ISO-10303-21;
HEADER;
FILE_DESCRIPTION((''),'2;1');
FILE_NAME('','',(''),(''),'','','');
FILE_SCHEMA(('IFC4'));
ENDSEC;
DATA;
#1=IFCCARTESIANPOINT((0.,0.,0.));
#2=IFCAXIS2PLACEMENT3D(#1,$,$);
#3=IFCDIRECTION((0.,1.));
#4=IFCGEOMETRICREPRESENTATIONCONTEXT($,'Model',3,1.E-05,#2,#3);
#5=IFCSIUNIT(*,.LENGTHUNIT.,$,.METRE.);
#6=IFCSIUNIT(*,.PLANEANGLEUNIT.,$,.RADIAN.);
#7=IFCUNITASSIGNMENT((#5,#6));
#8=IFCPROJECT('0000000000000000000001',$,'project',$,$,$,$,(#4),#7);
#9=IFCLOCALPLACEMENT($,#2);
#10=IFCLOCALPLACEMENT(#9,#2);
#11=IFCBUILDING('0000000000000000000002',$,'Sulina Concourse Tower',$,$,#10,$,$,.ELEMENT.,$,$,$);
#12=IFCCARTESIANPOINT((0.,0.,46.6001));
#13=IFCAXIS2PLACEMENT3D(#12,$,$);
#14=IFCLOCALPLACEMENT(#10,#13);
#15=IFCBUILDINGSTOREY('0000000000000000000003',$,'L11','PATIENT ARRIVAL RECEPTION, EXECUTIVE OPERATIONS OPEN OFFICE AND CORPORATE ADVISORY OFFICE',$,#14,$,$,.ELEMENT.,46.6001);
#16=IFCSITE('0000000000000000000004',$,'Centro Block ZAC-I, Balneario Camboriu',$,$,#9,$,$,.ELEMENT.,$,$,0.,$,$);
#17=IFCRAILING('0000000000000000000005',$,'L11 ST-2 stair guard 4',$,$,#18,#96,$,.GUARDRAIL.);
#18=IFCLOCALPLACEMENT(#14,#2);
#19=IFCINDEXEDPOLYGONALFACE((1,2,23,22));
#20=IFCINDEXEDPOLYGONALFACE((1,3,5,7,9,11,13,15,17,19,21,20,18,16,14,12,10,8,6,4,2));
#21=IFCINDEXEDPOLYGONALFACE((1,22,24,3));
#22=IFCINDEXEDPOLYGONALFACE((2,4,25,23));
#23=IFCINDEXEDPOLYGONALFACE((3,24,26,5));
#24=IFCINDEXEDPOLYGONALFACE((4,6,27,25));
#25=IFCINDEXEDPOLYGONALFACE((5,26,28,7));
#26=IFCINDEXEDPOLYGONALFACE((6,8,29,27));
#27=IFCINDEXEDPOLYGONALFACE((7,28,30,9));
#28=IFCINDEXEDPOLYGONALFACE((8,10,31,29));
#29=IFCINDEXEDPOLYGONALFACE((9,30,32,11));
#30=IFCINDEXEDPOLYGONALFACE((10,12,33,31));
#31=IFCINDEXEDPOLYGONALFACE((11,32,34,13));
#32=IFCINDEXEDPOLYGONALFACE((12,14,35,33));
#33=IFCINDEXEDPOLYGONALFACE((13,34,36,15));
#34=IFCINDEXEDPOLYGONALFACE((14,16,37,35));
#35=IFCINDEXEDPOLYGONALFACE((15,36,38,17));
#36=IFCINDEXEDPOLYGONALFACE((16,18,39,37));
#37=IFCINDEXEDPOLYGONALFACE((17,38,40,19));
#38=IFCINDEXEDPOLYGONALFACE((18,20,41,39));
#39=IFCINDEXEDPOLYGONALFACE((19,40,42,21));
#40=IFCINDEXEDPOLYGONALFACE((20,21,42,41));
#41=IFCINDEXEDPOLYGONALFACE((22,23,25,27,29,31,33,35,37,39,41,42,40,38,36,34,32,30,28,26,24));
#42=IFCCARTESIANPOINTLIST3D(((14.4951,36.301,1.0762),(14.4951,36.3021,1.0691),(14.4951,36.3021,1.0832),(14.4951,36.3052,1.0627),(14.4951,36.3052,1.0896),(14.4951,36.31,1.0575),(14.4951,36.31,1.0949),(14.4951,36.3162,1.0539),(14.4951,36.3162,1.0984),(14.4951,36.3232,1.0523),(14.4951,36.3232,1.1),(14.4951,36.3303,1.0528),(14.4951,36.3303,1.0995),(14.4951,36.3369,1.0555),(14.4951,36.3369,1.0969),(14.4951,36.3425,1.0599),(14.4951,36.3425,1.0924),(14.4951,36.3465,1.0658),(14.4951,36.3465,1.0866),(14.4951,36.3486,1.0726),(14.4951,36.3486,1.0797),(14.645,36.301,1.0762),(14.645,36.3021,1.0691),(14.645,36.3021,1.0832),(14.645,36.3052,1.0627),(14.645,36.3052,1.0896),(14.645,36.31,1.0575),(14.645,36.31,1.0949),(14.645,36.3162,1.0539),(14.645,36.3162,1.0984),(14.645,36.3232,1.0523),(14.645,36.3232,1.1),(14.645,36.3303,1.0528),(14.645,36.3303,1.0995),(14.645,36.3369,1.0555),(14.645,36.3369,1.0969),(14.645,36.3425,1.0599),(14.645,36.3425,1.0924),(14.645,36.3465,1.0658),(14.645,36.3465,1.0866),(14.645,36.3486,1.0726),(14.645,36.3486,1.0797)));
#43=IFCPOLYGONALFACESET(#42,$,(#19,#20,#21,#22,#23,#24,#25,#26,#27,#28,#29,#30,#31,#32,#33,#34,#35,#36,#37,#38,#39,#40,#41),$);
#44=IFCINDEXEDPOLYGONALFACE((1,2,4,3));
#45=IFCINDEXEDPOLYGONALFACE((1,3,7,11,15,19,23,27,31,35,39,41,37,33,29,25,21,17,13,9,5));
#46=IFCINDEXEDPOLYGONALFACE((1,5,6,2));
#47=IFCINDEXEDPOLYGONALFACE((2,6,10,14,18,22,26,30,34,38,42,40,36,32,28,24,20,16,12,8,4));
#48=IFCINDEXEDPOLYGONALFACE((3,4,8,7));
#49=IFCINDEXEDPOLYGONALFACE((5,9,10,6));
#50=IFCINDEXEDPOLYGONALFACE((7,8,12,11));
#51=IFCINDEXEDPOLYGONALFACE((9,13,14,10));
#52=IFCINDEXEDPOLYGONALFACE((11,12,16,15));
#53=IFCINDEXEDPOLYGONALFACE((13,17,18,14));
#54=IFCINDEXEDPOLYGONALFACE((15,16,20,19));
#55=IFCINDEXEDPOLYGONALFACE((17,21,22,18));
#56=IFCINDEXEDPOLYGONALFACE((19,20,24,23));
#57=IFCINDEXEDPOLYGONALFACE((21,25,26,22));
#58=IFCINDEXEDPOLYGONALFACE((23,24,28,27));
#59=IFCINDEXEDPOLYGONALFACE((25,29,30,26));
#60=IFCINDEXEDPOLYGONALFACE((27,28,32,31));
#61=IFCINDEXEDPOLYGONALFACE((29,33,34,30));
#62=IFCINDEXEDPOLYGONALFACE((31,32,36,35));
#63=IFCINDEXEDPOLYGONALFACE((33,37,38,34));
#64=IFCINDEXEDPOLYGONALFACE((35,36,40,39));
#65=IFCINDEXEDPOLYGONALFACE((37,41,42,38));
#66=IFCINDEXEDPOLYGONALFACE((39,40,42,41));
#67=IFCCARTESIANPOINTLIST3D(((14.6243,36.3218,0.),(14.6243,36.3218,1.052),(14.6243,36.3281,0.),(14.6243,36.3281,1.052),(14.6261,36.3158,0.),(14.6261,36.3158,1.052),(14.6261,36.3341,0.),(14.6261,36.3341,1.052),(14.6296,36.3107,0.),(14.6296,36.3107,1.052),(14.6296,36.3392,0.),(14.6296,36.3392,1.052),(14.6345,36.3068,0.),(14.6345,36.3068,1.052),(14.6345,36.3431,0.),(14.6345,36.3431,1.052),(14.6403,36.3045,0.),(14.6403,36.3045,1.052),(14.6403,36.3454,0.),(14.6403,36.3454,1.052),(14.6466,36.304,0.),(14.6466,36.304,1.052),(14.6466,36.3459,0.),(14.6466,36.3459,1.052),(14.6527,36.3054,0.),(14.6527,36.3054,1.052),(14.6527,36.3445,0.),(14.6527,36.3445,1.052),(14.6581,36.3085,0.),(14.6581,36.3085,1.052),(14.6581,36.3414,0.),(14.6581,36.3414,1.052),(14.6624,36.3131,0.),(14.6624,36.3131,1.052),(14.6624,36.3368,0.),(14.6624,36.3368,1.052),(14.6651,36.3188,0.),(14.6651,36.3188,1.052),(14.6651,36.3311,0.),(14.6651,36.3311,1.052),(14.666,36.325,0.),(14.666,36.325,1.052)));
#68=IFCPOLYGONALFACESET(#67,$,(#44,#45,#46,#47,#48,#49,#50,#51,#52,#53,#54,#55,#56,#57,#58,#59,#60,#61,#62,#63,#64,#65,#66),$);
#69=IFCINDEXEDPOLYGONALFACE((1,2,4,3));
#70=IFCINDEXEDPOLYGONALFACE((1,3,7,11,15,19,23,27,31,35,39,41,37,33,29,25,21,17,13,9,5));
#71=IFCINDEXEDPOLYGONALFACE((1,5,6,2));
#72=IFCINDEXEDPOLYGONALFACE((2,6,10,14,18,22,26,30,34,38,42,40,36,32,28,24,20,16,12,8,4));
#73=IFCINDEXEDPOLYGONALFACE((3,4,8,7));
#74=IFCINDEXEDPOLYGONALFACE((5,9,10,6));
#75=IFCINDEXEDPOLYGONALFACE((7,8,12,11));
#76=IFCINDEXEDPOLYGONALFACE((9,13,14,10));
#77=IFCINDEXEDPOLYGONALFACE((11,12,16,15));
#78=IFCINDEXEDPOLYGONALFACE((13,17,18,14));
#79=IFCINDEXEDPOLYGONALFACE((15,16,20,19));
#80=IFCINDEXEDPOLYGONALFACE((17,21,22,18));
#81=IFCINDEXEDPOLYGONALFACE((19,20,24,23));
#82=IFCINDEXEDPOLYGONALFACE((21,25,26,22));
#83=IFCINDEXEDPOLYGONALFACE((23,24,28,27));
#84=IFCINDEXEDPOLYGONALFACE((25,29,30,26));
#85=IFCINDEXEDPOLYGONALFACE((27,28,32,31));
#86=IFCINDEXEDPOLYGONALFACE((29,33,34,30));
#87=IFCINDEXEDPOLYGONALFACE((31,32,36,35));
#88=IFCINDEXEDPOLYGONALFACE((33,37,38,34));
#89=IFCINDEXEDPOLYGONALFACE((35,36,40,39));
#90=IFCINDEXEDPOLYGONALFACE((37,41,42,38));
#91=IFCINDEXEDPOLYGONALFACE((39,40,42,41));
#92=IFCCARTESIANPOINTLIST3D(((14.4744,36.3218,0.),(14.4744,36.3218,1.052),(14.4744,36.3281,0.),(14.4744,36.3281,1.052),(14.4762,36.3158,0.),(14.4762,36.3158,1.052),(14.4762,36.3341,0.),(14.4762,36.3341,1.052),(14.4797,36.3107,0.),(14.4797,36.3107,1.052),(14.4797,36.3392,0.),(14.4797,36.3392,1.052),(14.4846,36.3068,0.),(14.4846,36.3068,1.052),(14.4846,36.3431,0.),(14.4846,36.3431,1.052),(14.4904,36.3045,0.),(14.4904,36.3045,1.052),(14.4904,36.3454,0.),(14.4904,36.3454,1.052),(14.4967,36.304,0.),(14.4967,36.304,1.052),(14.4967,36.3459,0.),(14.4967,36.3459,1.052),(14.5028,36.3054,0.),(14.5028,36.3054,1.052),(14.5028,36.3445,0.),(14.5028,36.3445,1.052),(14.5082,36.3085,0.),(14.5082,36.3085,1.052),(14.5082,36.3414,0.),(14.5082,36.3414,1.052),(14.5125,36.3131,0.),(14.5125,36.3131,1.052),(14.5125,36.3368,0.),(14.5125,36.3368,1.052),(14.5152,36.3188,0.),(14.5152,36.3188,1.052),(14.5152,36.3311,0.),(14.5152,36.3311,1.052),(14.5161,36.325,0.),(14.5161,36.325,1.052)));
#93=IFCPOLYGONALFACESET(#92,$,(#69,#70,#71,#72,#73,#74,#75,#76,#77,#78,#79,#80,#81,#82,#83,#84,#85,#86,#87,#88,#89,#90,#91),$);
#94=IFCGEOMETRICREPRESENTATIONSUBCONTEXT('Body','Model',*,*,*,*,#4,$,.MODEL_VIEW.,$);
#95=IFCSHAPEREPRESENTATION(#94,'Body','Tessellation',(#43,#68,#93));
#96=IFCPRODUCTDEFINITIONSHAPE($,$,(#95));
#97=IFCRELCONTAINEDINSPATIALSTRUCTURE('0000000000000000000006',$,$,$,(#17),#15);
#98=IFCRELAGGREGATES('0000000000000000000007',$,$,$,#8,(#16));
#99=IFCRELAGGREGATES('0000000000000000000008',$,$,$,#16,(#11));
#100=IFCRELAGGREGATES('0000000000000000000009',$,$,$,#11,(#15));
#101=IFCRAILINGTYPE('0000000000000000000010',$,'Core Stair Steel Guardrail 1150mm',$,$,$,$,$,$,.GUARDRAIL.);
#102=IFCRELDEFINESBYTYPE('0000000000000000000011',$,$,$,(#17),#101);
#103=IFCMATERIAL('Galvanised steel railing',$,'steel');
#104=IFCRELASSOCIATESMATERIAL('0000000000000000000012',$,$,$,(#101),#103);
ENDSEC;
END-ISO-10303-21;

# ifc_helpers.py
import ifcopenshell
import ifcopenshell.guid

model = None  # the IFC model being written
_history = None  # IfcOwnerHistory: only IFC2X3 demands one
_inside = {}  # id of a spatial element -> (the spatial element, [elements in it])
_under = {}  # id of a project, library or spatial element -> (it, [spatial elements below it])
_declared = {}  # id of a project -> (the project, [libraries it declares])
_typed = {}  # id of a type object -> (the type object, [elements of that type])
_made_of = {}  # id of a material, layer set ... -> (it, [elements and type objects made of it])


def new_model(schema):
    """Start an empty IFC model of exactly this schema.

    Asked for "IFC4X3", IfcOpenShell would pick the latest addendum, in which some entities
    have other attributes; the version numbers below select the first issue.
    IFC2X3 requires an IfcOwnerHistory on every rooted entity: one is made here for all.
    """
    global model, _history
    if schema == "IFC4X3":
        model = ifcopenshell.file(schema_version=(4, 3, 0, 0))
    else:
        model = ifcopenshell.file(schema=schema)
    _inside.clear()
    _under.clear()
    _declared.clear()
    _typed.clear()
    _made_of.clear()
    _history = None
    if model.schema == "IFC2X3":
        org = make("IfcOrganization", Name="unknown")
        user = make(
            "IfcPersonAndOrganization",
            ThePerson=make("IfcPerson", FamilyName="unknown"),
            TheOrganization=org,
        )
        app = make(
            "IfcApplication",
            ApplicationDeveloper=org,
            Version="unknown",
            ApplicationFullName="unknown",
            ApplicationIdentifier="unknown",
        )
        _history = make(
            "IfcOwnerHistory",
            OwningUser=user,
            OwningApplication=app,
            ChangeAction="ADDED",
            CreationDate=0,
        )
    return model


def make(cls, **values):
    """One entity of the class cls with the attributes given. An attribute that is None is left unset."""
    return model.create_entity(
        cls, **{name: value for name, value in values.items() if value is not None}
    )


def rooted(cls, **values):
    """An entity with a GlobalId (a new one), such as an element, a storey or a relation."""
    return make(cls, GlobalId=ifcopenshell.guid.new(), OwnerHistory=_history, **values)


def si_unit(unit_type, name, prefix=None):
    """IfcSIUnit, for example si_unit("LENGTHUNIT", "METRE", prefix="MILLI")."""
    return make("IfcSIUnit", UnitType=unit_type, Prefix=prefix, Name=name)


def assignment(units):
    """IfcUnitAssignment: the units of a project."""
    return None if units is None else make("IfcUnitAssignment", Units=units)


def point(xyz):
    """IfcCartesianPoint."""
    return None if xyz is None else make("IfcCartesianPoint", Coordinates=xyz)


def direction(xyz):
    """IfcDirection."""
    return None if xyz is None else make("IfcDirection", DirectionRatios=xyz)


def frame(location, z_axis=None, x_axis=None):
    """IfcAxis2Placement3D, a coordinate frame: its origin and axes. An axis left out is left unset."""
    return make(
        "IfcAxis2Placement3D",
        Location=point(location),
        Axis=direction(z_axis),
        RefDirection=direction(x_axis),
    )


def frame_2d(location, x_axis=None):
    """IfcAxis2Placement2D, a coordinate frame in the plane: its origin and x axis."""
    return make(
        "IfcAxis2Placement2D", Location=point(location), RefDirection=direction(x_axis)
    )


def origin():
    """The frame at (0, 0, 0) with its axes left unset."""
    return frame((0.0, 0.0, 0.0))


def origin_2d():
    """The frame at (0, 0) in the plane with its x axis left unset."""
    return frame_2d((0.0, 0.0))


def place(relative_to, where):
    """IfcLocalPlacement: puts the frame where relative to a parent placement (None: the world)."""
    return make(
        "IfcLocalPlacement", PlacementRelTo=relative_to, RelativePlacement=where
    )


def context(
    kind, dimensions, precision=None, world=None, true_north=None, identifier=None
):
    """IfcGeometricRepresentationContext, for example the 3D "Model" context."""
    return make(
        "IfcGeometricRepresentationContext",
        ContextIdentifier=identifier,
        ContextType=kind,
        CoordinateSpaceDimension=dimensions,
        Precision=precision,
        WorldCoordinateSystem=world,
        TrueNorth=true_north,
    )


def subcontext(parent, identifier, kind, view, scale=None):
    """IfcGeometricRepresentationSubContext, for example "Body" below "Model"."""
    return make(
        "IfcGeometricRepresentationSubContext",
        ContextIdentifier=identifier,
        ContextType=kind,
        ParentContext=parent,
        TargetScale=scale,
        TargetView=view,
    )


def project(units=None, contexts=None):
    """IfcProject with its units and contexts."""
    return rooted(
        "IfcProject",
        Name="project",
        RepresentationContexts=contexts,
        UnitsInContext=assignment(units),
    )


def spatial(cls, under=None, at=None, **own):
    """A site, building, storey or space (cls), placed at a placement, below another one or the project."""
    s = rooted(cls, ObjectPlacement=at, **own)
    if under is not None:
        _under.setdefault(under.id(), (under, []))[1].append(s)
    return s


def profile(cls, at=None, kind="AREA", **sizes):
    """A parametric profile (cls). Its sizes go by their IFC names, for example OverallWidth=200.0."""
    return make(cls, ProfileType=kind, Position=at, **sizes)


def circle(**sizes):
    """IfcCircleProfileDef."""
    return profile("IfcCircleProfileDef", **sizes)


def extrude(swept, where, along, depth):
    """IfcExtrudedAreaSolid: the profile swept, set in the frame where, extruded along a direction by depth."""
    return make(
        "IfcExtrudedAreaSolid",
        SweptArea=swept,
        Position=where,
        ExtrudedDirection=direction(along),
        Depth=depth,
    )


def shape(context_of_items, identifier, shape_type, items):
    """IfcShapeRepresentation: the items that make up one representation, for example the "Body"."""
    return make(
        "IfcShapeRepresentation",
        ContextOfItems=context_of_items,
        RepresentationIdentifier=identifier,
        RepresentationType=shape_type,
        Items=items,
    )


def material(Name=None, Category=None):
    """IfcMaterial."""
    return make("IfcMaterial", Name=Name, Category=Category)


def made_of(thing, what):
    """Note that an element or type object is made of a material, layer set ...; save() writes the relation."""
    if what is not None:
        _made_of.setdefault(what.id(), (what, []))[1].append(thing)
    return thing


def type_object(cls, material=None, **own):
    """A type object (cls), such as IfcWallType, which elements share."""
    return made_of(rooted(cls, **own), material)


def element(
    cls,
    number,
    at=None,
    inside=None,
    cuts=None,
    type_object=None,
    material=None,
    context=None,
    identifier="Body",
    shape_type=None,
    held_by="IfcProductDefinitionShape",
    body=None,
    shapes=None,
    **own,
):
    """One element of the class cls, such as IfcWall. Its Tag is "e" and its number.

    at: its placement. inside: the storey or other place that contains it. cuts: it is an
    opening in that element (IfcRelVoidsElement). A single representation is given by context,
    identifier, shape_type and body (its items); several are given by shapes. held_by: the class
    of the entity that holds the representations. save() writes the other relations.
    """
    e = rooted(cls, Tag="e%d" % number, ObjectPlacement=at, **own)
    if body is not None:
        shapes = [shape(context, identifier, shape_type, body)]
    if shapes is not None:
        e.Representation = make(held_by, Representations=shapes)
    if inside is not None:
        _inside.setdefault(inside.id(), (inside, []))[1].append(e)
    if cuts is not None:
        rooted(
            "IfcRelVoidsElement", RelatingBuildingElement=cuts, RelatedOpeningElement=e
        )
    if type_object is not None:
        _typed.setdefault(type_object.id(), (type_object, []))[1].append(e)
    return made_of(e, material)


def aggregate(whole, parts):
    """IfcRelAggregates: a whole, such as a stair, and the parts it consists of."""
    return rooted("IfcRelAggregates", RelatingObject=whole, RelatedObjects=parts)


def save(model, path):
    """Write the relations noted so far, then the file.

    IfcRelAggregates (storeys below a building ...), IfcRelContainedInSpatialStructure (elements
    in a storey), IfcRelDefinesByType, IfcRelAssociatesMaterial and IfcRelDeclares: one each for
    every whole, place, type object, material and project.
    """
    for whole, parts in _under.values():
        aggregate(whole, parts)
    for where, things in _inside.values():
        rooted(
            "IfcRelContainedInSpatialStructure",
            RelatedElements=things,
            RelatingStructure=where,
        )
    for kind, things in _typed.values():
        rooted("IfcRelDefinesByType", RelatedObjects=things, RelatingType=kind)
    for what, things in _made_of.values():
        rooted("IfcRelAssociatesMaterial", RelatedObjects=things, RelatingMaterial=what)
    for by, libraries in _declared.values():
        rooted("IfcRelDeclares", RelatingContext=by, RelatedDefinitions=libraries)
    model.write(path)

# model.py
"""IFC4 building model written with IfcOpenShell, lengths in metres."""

from ifc_helpers import new_model, si_unit, direction, frame, origin, origin_2d, place, context, subcontext, project, spatial, circle, extrude, material, type_object, element, save


model = new_model("IFC4")

# Units and contexts
model_context = context("Model", 3, precision=1e-05, world=origin(), true_north=direction((0.0, 1.0)))
body_context = subcontext(model_context, "Body", "Model", "MODEL_VIEW")
ifc_project = project(units=[si_unit("LENGTHUNIT", "METRE"), si_unit("PLANEANGLEUNIT", "RADIAN")], contexts=[model_context])

# Site, building, storey
site_placement = place(None, origin())
site = spatial("IfcSite", under=ifc_project, at=site_placement, Name="Centro Block ZAC-I, Balneario Camboriu", CompositionType="ELEMENT", RefElevation=0.0)
building_placement = place(site_placement, origin())
building = spatial("IfcBuilding", under=site, at=building_placement, Name="Sulina Concourse Tower", CompositionType="ELEMENT")
storey_placement = place(building_placement, frame((0.0, 0.0, 46.6001)))
storey = spatial("IfcBuildingStorey", under=building, at=storey_placement, Name="L11", Description="PATIENT ARRIVAL RECEPTION, EXECUTIVE OPERATIONS OPEN OFFICE AND CORPORATE ADVISORY OFFICE", CompositionType="ELEMENT", Elevation=46.6001)

# Railing
ifc_material_1 = material(Name="Galvanised steel railing", Category="steel")
railing_type_1 = type_object("IfcRailingType", Name="Core Stair Steel Guardrail 1150mm", PredefinedType="GUARDRAIL", material=ifc_material_1)
railing_1_placement = place(storey_placement, frame((14.645, 36.325, 0.0)))
element("IfcRailing", 1, at=railing_1_placement, inside=storey, type_object=railing_type_1, Name="L11 ST-2 stair guard 4", PredefinedType="GUARDRAIL", context=body_context, shape_type="SweptSolid", body=[
    extrude(circle(Radius=0.0239, at=origin_2d()), frame((0.0, 0.0, 1.0762), z_axis=(-1.0, 0.0, 0.0), x_axis=(0.0, -1.0, 0.0)), (0.0, 0.0, 1.0), 0.1499),
    extrude(circle(Radius=0.021, at=origin_2d()), origin(), (0.0, 0.0, 1.0), 1.052),
    extrude(circle(Radius=0.021, at=origin_2d()), frame((-0.1499, 0.0, 0.0)), (0.0, 0.0, 1.0), 1.052),
])

save(model, "model.ifc")
